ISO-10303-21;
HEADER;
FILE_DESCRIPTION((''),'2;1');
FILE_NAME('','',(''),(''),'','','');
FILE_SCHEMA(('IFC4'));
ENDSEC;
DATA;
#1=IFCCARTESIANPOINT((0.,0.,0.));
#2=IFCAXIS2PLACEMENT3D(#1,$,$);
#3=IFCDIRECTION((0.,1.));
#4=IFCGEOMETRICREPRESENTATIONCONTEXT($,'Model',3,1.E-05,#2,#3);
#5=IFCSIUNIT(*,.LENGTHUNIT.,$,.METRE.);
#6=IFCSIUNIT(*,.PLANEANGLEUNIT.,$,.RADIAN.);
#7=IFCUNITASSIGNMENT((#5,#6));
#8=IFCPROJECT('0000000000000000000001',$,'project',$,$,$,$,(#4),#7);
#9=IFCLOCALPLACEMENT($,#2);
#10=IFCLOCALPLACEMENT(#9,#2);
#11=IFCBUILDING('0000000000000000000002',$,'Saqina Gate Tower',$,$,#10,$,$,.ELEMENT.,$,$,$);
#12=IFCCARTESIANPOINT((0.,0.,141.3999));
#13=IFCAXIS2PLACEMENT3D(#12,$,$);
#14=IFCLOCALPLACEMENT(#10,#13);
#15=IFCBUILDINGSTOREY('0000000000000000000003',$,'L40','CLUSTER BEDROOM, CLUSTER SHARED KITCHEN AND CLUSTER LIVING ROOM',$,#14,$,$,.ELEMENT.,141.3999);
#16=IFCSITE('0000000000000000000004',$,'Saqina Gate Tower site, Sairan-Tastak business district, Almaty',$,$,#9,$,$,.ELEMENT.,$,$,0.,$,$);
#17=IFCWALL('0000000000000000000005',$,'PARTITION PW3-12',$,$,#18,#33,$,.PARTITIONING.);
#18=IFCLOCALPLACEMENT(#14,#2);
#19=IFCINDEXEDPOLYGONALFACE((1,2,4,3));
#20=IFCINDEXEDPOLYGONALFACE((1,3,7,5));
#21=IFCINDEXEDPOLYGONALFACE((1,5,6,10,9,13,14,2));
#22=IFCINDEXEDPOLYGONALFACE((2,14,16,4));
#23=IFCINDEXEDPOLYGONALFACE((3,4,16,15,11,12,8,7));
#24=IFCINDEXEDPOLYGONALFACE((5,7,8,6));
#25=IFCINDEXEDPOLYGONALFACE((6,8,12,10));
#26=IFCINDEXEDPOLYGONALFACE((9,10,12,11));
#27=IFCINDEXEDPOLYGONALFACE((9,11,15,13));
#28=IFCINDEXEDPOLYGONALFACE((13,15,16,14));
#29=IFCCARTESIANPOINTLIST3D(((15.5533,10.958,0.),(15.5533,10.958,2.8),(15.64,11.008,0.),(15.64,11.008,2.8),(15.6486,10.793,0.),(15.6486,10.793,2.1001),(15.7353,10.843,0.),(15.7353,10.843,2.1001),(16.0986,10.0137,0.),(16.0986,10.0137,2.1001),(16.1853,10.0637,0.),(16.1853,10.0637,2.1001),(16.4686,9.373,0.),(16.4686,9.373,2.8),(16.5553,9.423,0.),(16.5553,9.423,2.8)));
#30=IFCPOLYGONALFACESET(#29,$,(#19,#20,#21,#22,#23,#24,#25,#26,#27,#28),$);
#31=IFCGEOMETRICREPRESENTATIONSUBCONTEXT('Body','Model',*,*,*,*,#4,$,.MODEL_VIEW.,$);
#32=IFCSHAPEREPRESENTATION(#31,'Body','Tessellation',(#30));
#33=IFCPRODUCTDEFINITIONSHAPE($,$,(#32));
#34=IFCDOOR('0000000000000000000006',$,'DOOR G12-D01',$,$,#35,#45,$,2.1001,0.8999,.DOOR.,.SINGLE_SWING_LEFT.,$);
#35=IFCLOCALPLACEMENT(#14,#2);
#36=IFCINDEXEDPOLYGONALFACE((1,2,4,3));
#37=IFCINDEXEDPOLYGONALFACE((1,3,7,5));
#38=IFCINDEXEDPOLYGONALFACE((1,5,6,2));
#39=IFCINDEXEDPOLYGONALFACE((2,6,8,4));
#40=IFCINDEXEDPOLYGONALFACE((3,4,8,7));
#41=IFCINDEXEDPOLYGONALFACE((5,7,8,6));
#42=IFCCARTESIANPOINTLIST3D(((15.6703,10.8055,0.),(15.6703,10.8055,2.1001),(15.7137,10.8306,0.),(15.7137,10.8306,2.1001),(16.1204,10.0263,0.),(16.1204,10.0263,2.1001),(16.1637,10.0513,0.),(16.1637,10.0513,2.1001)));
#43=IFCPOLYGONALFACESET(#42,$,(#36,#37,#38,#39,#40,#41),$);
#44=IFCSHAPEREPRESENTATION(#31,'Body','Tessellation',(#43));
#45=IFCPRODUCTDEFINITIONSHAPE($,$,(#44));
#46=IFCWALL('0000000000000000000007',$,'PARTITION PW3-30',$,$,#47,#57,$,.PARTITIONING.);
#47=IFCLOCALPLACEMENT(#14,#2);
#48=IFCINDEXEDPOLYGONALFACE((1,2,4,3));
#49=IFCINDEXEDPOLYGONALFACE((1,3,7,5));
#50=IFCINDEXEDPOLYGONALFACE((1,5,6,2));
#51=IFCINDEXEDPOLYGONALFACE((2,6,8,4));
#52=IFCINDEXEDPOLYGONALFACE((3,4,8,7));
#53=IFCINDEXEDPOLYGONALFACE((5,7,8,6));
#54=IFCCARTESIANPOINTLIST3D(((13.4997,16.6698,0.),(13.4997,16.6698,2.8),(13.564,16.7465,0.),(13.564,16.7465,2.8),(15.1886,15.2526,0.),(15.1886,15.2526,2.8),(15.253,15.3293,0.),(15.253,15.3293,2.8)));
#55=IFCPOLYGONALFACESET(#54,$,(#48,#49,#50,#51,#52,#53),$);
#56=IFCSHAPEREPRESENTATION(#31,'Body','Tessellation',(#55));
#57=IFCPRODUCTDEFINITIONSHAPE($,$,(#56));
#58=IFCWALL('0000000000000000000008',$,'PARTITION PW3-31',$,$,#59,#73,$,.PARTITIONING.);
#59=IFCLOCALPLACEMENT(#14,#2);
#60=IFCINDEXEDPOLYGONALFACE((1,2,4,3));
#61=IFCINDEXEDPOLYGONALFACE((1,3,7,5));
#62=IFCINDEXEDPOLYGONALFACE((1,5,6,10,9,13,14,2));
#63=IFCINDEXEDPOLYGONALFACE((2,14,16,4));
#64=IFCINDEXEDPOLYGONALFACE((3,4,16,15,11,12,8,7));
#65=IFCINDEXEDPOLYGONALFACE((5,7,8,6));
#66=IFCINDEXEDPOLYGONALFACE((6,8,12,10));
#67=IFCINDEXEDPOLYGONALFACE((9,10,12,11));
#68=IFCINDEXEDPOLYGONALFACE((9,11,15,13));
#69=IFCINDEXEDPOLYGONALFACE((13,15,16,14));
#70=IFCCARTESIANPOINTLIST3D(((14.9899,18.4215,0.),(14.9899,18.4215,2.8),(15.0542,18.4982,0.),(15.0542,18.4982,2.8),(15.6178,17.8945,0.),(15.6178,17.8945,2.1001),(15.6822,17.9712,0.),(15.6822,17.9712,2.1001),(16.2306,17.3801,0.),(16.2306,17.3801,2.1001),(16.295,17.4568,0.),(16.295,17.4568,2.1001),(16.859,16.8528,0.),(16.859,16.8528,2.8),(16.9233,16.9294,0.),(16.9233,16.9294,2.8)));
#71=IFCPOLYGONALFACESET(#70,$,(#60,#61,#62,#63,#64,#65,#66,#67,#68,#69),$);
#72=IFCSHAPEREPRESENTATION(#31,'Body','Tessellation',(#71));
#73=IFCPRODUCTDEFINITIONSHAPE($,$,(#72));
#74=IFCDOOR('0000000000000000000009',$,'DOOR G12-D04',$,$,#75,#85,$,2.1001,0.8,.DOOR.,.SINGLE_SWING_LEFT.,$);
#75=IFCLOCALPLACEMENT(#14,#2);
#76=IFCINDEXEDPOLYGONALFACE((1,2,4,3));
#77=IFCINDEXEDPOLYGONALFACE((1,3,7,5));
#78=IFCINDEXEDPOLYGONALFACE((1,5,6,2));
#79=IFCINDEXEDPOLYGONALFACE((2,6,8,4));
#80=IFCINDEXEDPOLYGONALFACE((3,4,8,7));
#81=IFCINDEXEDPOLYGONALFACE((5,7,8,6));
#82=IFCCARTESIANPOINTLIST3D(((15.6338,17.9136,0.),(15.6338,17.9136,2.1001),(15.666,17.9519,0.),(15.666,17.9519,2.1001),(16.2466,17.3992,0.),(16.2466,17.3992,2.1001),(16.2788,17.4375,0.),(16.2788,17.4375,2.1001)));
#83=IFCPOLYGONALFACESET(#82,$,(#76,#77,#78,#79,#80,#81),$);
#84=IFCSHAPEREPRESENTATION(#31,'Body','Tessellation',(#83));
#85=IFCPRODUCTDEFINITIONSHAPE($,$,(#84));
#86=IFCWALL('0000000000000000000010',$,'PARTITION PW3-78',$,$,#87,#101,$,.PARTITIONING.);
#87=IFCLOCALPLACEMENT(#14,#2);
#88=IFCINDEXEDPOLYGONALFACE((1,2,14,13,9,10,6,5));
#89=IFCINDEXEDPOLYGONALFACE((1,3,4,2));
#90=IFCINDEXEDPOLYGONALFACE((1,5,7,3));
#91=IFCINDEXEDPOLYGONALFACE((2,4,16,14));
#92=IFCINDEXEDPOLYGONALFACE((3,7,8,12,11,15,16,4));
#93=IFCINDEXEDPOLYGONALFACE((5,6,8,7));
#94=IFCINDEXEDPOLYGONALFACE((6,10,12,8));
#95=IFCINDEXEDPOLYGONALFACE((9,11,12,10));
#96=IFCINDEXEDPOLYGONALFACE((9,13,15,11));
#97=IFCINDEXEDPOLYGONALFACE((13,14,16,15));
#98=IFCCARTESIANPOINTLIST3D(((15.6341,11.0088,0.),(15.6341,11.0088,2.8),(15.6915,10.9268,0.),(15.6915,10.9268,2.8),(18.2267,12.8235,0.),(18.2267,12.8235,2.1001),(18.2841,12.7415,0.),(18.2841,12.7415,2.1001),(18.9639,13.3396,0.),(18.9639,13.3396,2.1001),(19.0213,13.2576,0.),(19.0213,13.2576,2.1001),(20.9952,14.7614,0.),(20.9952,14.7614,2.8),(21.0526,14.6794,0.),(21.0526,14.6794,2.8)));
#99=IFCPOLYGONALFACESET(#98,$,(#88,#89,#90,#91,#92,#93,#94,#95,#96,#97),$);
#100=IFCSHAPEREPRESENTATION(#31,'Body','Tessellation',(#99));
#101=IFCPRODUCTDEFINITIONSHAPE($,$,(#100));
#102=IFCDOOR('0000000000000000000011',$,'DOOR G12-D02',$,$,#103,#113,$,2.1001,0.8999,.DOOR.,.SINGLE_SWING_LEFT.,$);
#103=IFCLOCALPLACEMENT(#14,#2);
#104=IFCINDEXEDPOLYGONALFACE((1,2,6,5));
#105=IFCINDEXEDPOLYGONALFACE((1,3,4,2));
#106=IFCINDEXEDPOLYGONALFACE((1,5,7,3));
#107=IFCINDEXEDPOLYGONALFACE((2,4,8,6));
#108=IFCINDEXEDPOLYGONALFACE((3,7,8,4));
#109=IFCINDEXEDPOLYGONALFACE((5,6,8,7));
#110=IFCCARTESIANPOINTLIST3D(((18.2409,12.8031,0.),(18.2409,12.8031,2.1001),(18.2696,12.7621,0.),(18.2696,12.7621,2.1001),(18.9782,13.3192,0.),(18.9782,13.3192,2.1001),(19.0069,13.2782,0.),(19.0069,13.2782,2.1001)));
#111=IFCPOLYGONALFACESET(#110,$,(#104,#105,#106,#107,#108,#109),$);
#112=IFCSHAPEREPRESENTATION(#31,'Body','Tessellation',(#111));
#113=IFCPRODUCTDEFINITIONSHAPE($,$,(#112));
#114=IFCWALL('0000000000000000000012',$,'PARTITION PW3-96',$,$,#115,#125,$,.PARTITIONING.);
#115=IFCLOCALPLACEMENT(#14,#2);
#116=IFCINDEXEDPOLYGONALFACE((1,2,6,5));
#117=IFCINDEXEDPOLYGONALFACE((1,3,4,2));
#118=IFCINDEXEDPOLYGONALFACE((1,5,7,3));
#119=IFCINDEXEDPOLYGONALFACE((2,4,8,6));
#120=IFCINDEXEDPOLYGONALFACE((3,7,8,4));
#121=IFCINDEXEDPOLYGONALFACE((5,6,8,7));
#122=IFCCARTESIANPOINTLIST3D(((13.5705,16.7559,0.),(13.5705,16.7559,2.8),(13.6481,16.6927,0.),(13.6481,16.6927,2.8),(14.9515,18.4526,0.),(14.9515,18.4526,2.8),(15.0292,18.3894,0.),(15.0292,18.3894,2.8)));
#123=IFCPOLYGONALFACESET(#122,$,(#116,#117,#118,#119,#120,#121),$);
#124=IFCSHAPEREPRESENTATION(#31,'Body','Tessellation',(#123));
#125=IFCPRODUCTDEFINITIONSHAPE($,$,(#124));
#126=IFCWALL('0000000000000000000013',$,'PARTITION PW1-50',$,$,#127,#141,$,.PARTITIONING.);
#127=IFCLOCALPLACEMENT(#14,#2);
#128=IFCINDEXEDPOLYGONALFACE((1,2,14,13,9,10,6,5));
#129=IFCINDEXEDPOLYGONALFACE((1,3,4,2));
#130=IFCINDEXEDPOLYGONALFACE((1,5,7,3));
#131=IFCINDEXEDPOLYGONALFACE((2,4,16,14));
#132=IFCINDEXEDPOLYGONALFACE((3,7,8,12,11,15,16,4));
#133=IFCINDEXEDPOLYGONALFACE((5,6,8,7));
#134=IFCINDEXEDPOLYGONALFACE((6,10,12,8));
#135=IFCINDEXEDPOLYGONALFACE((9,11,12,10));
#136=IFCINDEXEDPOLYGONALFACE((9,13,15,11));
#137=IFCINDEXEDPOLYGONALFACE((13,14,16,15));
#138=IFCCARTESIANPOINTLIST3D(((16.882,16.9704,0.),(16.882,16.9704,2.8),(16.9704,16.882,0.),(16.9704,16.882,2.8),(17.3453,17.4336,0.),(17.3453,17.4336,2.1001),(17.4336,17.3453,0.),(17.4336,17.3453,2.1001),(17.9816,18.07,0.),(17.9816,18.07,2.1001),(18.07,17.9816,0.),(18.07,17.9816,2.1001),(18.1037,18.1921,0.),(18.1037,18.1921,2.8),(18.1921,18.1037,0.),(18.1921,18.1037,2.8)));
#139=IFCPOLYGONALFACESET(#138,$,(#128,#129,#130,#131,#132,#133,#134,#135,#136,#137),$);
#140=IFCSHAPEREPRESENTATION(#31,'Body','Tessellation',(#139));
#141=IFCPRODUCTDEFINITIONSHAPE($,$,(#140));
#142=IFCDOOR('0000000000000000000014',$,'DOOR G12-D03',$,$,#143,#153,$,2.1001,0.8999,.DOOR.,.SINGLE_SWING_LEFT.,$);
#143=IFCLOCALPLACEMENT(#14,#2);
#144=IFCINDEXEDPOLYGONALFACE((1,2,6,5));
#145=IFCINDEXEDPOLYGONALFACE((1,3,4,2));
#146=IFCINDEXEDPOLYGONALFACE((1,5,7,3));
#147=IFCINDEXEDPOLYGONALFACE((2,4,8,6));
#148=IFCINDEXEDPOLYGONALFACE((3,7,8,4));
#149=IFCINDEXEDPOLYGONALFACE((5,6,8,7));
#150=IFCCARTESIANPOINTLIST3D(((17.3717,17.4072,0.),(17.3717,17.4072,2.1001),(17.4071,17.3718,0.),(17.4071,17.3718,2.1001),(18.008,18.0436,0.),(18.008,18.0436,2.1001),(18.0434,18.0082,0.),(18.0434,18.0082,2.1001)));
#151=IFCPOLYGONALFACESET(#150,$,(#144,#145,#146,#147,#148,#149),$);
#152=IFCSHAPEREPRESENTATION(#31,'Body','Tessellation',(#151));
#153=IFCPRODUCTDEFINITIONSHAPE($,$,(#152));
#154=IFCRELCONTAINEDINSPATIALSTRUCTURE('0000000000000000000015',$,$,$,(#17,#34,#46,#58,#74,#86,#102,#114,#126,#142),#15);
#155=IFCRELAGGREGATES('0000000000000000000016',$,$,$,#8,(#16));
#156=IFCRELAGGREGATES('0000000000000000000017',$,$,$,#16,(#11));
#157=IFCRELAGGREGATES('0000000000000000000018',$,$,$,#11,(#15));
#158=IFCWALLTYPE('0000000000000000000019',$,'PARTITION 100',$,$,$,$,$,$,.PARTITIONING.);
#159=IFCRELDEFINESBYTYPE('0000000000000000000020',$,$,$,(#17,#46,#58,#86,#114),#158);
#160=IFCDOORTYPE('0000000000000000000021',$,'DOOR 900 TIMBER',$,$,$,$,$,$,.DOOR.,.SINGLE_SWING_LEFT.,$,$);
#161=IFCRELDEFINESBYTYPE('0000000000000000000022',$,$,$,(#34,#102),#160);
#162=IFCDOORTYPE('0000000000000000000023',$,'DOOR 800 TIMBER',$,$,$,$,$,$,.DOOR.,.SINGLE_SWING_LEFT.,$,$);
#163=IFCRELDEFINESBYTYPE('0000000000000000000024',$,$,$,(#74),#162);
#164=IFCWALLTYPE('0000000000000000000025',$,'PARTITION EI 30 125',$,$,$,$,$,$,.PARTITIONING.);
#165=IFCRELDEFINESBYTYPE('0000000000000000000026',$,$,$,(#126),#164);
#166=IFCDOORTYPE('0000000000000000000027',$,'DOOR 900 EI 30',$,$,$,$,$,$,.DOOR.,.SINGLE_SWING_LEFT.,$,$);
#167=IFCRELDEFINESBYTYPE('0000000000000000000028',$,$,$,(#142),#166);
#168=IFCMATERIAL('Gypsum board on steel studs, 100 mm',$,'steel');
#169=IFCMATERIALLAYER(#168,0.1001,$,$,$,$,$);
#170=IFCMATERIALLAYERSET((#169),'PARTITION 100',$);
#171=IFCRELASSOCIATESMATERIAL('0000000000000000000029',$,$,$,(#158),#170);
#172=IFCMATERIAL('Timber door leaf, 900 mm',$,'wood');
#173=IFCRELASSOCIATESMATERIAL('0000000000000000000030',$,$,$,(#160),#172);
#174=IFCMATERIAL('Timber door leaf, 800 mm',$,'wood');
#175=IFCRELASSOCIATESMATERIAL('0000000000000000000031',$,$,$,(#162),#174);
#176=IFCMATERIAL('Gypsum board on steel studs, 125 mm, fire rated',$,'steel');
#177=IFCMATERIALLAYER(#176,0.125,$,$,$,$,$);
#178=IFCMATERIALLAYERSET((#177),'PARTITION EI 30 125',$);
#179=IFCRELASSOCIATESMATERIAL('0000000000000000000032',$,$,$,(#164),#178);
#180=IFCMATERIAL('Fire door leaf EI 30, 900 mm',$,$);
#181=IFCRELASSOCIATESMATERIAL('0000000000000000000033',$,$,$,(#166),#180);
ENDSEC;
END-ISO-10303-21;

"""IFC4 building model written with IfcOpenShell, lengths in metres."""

from ifc_helpers import new_model, si_unit, direction, frame, frame_2d, origin, place, context, subcontext, project, spatial, rectangle, extrude, material, layer, layer_set, type_object, element, fill, save


model = new_model("IFC4")

# Units and contexts
model_context = context("Model", 3, precision=1e-05, world=origin(), true_north=direction((0.0, 1.0)))
body_context = subcontext(model_context, "Body", "Model", "MODEL_VIEW")
ifc_project = project(units=[si_unit("LENGTHUNIT", "METRE"), si_unit("PLANEANGLEUNIT", "RADIAN")], contexts=[model_context])

# Site, building, storey
site_placement = place(None, origin())
site = spatial("IfcSite", under=ifc_project, at=site_placement, Name="Saqina Gate Tower site, Sairan-Tastak business district, Almaty", CompositionType="ELEMENT", RefElevation=0.0)
building_placement = place(site_placement, origin())
building = spatial("IfcBuilding", under=site, at=building_placement, Name="Saqina Gate Tower", CompositionType="ELEMENT")
storey_placement = place(building_placement, frame((0.0, 0.0, 141.3999)))
storey = spatial("IfcBuildingStorey", under=building, at=storey_placement, Name="L40", Description="CLUSTER BEDROOM, CLUSTER SHARED KITCHEN AND CLUSTER LIVING ROOM", CompositionType="ELEMENT", Elevation=141.3999)

# Wall, opening, door
ifc_material_1 = material(Name="Gypsum board on steel studs, 100 mm", Category="steel")
ifc_layer_1 = layer(ifc_material_1, 0.1001)
ifc_layer_set_1 = layer_set([ifc_layer_1], Name="PARTITION 100")
wall_type_1 = type_object("IfcWallType", Name="PARTITION 100", PredefinedType="PARTITIONING", material=ifc_layer_set_1)
wall_1_placement = place(storey_placement, frame((15.5967, 10.9829, 0.0), z_axis=(0.0, 0.0, 1.0), x_axis=(0.500084, -0.865977, 0.0)))
wall_1 = element("IfcWall", 1, at=wall_1_placement, inside=storey, type_object=wall_type_1, Name="PARTITION PW3-12", PredefinedType="PARTITIONING", context=body_context, shape_type="SweptSolid", body=[
    extrude(rectangle(XDim=1.8303, YDim=0.1001, at=frame_2d((0.915, 0.0))), origin(), (0.0, 0.0, 1.0), 2.8),
])
opening_1_placement = place(wall_1_placement, frame((0.1904, 0.0, 0.0)))
opening_1 = element("IfcOpeningElement", 2, at=opening_1_placement, cuts=wall_1, PredefinedType="OPENING", context=body_context, shape_type="SweptSolid", body=[
    extrude(rectangle(XDim=0.8999, YDim=2.1001, at=frame_2d((0.45, 1.05))), frame((0.0, 0.062, 0.0), z_axis=(0.0, -1.0, 0.0), x_axis=(1.0, 0.0, 0.0)), (0.0, 0.0, 1.0), 0.124),
])
ifc_material_2 = material(Name="Timber door leaf, 900 mm", Category="wood")
door_type_1 = type_object("IfcDoorType", Name="DOOR 900 TIMBER", OperationType="SINGLE_SWING_LEFT", PredefinedType="DOOR", material=ifc_material_2)
door_1_placement = place(opening_1_placement, frame((0.8999, 0.0, 0.0), z_axis=(0.0, 0.0, 1.0), x_axis=(-1.0, 0.0, 0.0)))
door_1 = element("IfcDoor", 3, at=door_1_placement, inside=storey, type_object=door_type_1, Name="DOOR G12-D01", OperationType="SINGLE_SWING_LEFT", OverallHeight=2.1001, OverallWidth=0.8999, PredefinedType="DOOR", context=body_context, shape_type="SweptSolid", body=[
    extrude(rectangle(XDim=0.8999, YDim=2.1001, at=frame_2d((0.45, 1.05))), frame((0.0, 0.0249, 0.0), z_axis=(0.0, -1.0, 0.0), x_axis=(1.0, 0.0, 0.0)), (0.0, 0.0, 1.0), 0.05),
])
fill(opening_1, door_1)

# Wall
wall_2_placement = place(storey_placement, frame((13.5317, 16.7083, 0.0), z_axis=(0.0, 0.0, 1.0), x_axis=(0.766039, -0.642795, 0.0)))
element("IfcWall", 4, at=wall_2_placement, inside=storey, type_object=wall_type_1, Name="PARTITION PW3-30", PredefinedType="PARTITIONING", context=body_context, shape_type="SweptSolid", body=[
    extrude(rectangle(XDim=2.2048, YDim=0.1001, at=frame_2d((1.1025, 0.0))), origin(), (0.0, 0.0, 1.0), 2.8),
])

# Walls, openings, doors
wall_3_placement = place(storey_placement, frame((15.022, 18.46, 0.0), z_axis=(0.0, 0.0, 1.0), x_axis=(0.765953, -0.642896, 0.0)))
wall_3 = element("IfcWall", 5, at=wall_3_placement, inside=storey, type_object=wall_type_1, Name="PARTITION PW3-31", PredefinedType="PARTITIONING", context=body_context, shape_type="SweptSolid", body=[
    extrude(rectangle(XDim=2.4402, YDim=0.1001, at=frame_2d((1.2202, 0.0))), origin(), (0.0, 0.0, 1.0), 2.8),
])
opening_2_placement = place(wall_3_placement, frame((0.8201, 0.0, 0.0)))
opening_2 = element("IfcOpeningElement", 6, at=opening_2_placement, cuts=wall_3, PredefinedType="OPENING", context=body_context, shape_type="SweptSolid", body=[
    extrude(rectangle(XDim=0.8, YDim=2.1001, at=frame_2d((0.3999, 1.05))), frame((0.0, 0.062, 0.0), z_axis=(0.0, -1.0, 0.0), x_axis=(1.0, 0.0, 0.0)), (0.0, 0.0, 1.0), 0.124),
])
ifc_material_3 = material(Name="Timber door leaf, 800 mm", Category="wood")
door_type_2 = type_object("IfcDoorType", Name="DOOR 800 TIMBER", OperationType="SINGLE_SWING_LEFT", PredefinedType="DOOR", material=ifc_material_3)
door_2_placement = place(opening_2_placement, origin())
door_2 = element("IfcDoor", 7, at=door_2_placement, inside=storey, type_object=door_type_2, Name="DOOR G12-D04", OperationType="SINGLE_SWING_LEFT", OverallHeight=2.1001, OverallWidth=0.8, PredefinedType="DOOR", context=body_context, shape_type="SweptSolid", body=[
    extrude(rectangle(XDim=0.8, YDim=2.1001, at=frame_2d((0.3999, 1.05))), frame((0.0, 0.0249, 0.0), z_axis=(0.0, -1.0, 0.0), x_axis=(1.0, 0.0, 0.0)), (0.0, 0.0, 1.0), 0.05),
])
fill(opening_2, door_2)
wall_4_placement = place(storey_placement, frame((15.6628, 10.9678, 0.0), z_axis=(0.0, 0.0, 1.0), x_axis=(0.819237, 0.573455, 0.0)))
wall_4 = element("IfcWall", 8, at=wall_4_placement, inside=storey, type_object=wall_type_1, Name="PARTITION PW3-78", PredefinedType="PARTITIONING", context=body_context, shape_type="SweptSolid", body=[
    extrude(rectangle(XDim=6.5439, YDim=0.1001, at=frame_2d((3.272, 0.0))), origin(), (0.0, 0.0, 1.0), 2.8),
])
opening_3_placement = place(wall_4_placement, frame((3.1646, 0.0, 0.0)))
opening_3 = element("IfcOpeningElement", 9, at=opening_3_placement, cuts=wall_4, PredefinedType="OPENING", context=body_context, shape_type="SweptSolid", body=[
    extrude(rectangle(XDim=0.8999, YDim=2.1001, at=frame_2d((0.45, 1.05))), frame((0.0, 0.062, 0.0), z_axis=(0.0, -1.0, 0.0), x_axis=(1.0, 0.0, 0.0)), (0.0, 0.0, 1.0), 0.124),
])
door_3_placement = place(opening_3_placement, frame((0.8999, 0.0, 0.0), z_axis=(0.0, 0.0, 1.0), x_axis=(-1.0, 0.0, 0.0)))
door_3 = element("IfcDoor", 10, at=door_3_placement, inside=storey, type_object=door_type_1, Name="DOOR G12-D02", OperationType="SINGLE_SWING_LEFT", OverallHeight=2.1001, OverallWidth=0.8999, PredefinedType="DOOR", context=body_context, shape_type="SweptSolid", body=[
    extrude(rectangle(XDim=0.8999, YDim=2.1001, at=frame_2d((0.45, 1.05))), frame((0.0, 0.0249, 0.0), z_axis=(0.0, -1.0, 0.0), x_axis=(1.0, 0.0, 0.0)), (0.0, 0.0, 1.0), 0.05),
])
fill(opening_3, door_3)

# Wall
wall_5_placement = place(storey_placement, frame((13.6094, 16.7244, 0.0), z_axis=(0.0, 0.0, 1.0), x_axis=(0.631273, 0.775561, 0.0)))
element("IfcWall", 11, at=wall_5_placement, inside=storey, type_object=wall_type_1, Name="PARTITION PW3-96", PredefinedType="PARTITIONING", context=body_context, shape_type="SweptSolid", body=[
    extrude(rectangle(XDim=2.1877, YDim=0.1001, at=frame_2d((1.0938, 0.0))), origin(), (0.0, 0.0, 1.0), 2.8),
])

# Wall, opening, door
ifc_material_4 = material(Name="Gypsum board on steel studs, 125 mm, fire rated", Category="steel")
ifc_layer_2 = layer(ifc_material_4, 0.125)
ifc_layer_set_2 = layer_set([ifc_layer_2], Name="PARTITION EI 30 125")
wall_type_2 = type_object("IfcWallType", Name="PARTITION EI 30 125", PredefinedType="PARTITIONING", material=ifc_layer_set_2)
wall_6_placement = place(storey_placement, frame((16.9263, 16.9263, 0.0), z_axis=(0.0, 0.0, 1.0), x_axis=(0.707107, 0.707107, 0.0)))
wall_6 = element("IfcWall", 12, at=wall_6_placement, inside=storey, type_object=wall_type_2, Name="PARTITION PW1-50", PredefinedType="PARTITIONING", context=body_context, shape_type="SweptSolid", body=[
    extrude(rectangle(XDim=1.7278, YDim=0.125, at=frame_2d((0.8638, 0.0))), origin(), (0.0, 0.0, 1.0), 2.8),
])
opening_4_placement = place(wall_6_placement, frame((0.655, 0.0, 0.0)))
opening_4 = element("IfcOpeningElement", 13, at=opening_4_placement, cuts=wall_6, PredefinedType="OPENING", context=body_context, shape_type="SweptSolid", body=[
    extrude(rectangle(XDim=0.8999, YDim=2.1001, at=frame_2d((0.45, 1.05))), frame((0.0, 0.0745, 0.0), z_axis=(0.0, -1.0, 0.0), x_axis=(1.0, 0.0, 0.0)), (0.0, 0.0, 1.0), 0.1489),
])
ifc_material_5 = material(Name="Fire door leaf EI 30, 900 mm")
door_type_3 = type_object("IfcDoorType", Name="DOOR 900 EI 30", OperationType="SINGLE_SWING_LEFT", PredefinedType="DOOR", material=ifc_material_5)
door_4_placement = place(opening_4_placement, frame((0.8999, 0.0, 0.0), z_axis=(0.0, 0.0, 1.0), x_axis=(-1.0, 0.0, 0.0)))
door_4 = element("IfcDoor", 14, at=door_4_placement, inside=storey, type_object=door_type_3, Name="DOOR G12-D03", OperationType="SINGLE_SWING_LEFT", OverallHeight=2.1001, OverallWidth=0.8999, PredefinedType="DOOR", context=body_context, shape_type="SweptSolid", body=[
    extrude(rectangle(XDim=0.8999, YDim=2.1001, at=frame_2d((0.45, 1.05))), frame((0.0, 0.0249, 0.0), z_axis=(0.0, -1.0, 0.0), x_axis=(1.0, 0.0, 0.0)), (0.0, 0.0, 1.0), 0.05),
])
fill(opening_4, door_4)

save(model, "model.ifc")
